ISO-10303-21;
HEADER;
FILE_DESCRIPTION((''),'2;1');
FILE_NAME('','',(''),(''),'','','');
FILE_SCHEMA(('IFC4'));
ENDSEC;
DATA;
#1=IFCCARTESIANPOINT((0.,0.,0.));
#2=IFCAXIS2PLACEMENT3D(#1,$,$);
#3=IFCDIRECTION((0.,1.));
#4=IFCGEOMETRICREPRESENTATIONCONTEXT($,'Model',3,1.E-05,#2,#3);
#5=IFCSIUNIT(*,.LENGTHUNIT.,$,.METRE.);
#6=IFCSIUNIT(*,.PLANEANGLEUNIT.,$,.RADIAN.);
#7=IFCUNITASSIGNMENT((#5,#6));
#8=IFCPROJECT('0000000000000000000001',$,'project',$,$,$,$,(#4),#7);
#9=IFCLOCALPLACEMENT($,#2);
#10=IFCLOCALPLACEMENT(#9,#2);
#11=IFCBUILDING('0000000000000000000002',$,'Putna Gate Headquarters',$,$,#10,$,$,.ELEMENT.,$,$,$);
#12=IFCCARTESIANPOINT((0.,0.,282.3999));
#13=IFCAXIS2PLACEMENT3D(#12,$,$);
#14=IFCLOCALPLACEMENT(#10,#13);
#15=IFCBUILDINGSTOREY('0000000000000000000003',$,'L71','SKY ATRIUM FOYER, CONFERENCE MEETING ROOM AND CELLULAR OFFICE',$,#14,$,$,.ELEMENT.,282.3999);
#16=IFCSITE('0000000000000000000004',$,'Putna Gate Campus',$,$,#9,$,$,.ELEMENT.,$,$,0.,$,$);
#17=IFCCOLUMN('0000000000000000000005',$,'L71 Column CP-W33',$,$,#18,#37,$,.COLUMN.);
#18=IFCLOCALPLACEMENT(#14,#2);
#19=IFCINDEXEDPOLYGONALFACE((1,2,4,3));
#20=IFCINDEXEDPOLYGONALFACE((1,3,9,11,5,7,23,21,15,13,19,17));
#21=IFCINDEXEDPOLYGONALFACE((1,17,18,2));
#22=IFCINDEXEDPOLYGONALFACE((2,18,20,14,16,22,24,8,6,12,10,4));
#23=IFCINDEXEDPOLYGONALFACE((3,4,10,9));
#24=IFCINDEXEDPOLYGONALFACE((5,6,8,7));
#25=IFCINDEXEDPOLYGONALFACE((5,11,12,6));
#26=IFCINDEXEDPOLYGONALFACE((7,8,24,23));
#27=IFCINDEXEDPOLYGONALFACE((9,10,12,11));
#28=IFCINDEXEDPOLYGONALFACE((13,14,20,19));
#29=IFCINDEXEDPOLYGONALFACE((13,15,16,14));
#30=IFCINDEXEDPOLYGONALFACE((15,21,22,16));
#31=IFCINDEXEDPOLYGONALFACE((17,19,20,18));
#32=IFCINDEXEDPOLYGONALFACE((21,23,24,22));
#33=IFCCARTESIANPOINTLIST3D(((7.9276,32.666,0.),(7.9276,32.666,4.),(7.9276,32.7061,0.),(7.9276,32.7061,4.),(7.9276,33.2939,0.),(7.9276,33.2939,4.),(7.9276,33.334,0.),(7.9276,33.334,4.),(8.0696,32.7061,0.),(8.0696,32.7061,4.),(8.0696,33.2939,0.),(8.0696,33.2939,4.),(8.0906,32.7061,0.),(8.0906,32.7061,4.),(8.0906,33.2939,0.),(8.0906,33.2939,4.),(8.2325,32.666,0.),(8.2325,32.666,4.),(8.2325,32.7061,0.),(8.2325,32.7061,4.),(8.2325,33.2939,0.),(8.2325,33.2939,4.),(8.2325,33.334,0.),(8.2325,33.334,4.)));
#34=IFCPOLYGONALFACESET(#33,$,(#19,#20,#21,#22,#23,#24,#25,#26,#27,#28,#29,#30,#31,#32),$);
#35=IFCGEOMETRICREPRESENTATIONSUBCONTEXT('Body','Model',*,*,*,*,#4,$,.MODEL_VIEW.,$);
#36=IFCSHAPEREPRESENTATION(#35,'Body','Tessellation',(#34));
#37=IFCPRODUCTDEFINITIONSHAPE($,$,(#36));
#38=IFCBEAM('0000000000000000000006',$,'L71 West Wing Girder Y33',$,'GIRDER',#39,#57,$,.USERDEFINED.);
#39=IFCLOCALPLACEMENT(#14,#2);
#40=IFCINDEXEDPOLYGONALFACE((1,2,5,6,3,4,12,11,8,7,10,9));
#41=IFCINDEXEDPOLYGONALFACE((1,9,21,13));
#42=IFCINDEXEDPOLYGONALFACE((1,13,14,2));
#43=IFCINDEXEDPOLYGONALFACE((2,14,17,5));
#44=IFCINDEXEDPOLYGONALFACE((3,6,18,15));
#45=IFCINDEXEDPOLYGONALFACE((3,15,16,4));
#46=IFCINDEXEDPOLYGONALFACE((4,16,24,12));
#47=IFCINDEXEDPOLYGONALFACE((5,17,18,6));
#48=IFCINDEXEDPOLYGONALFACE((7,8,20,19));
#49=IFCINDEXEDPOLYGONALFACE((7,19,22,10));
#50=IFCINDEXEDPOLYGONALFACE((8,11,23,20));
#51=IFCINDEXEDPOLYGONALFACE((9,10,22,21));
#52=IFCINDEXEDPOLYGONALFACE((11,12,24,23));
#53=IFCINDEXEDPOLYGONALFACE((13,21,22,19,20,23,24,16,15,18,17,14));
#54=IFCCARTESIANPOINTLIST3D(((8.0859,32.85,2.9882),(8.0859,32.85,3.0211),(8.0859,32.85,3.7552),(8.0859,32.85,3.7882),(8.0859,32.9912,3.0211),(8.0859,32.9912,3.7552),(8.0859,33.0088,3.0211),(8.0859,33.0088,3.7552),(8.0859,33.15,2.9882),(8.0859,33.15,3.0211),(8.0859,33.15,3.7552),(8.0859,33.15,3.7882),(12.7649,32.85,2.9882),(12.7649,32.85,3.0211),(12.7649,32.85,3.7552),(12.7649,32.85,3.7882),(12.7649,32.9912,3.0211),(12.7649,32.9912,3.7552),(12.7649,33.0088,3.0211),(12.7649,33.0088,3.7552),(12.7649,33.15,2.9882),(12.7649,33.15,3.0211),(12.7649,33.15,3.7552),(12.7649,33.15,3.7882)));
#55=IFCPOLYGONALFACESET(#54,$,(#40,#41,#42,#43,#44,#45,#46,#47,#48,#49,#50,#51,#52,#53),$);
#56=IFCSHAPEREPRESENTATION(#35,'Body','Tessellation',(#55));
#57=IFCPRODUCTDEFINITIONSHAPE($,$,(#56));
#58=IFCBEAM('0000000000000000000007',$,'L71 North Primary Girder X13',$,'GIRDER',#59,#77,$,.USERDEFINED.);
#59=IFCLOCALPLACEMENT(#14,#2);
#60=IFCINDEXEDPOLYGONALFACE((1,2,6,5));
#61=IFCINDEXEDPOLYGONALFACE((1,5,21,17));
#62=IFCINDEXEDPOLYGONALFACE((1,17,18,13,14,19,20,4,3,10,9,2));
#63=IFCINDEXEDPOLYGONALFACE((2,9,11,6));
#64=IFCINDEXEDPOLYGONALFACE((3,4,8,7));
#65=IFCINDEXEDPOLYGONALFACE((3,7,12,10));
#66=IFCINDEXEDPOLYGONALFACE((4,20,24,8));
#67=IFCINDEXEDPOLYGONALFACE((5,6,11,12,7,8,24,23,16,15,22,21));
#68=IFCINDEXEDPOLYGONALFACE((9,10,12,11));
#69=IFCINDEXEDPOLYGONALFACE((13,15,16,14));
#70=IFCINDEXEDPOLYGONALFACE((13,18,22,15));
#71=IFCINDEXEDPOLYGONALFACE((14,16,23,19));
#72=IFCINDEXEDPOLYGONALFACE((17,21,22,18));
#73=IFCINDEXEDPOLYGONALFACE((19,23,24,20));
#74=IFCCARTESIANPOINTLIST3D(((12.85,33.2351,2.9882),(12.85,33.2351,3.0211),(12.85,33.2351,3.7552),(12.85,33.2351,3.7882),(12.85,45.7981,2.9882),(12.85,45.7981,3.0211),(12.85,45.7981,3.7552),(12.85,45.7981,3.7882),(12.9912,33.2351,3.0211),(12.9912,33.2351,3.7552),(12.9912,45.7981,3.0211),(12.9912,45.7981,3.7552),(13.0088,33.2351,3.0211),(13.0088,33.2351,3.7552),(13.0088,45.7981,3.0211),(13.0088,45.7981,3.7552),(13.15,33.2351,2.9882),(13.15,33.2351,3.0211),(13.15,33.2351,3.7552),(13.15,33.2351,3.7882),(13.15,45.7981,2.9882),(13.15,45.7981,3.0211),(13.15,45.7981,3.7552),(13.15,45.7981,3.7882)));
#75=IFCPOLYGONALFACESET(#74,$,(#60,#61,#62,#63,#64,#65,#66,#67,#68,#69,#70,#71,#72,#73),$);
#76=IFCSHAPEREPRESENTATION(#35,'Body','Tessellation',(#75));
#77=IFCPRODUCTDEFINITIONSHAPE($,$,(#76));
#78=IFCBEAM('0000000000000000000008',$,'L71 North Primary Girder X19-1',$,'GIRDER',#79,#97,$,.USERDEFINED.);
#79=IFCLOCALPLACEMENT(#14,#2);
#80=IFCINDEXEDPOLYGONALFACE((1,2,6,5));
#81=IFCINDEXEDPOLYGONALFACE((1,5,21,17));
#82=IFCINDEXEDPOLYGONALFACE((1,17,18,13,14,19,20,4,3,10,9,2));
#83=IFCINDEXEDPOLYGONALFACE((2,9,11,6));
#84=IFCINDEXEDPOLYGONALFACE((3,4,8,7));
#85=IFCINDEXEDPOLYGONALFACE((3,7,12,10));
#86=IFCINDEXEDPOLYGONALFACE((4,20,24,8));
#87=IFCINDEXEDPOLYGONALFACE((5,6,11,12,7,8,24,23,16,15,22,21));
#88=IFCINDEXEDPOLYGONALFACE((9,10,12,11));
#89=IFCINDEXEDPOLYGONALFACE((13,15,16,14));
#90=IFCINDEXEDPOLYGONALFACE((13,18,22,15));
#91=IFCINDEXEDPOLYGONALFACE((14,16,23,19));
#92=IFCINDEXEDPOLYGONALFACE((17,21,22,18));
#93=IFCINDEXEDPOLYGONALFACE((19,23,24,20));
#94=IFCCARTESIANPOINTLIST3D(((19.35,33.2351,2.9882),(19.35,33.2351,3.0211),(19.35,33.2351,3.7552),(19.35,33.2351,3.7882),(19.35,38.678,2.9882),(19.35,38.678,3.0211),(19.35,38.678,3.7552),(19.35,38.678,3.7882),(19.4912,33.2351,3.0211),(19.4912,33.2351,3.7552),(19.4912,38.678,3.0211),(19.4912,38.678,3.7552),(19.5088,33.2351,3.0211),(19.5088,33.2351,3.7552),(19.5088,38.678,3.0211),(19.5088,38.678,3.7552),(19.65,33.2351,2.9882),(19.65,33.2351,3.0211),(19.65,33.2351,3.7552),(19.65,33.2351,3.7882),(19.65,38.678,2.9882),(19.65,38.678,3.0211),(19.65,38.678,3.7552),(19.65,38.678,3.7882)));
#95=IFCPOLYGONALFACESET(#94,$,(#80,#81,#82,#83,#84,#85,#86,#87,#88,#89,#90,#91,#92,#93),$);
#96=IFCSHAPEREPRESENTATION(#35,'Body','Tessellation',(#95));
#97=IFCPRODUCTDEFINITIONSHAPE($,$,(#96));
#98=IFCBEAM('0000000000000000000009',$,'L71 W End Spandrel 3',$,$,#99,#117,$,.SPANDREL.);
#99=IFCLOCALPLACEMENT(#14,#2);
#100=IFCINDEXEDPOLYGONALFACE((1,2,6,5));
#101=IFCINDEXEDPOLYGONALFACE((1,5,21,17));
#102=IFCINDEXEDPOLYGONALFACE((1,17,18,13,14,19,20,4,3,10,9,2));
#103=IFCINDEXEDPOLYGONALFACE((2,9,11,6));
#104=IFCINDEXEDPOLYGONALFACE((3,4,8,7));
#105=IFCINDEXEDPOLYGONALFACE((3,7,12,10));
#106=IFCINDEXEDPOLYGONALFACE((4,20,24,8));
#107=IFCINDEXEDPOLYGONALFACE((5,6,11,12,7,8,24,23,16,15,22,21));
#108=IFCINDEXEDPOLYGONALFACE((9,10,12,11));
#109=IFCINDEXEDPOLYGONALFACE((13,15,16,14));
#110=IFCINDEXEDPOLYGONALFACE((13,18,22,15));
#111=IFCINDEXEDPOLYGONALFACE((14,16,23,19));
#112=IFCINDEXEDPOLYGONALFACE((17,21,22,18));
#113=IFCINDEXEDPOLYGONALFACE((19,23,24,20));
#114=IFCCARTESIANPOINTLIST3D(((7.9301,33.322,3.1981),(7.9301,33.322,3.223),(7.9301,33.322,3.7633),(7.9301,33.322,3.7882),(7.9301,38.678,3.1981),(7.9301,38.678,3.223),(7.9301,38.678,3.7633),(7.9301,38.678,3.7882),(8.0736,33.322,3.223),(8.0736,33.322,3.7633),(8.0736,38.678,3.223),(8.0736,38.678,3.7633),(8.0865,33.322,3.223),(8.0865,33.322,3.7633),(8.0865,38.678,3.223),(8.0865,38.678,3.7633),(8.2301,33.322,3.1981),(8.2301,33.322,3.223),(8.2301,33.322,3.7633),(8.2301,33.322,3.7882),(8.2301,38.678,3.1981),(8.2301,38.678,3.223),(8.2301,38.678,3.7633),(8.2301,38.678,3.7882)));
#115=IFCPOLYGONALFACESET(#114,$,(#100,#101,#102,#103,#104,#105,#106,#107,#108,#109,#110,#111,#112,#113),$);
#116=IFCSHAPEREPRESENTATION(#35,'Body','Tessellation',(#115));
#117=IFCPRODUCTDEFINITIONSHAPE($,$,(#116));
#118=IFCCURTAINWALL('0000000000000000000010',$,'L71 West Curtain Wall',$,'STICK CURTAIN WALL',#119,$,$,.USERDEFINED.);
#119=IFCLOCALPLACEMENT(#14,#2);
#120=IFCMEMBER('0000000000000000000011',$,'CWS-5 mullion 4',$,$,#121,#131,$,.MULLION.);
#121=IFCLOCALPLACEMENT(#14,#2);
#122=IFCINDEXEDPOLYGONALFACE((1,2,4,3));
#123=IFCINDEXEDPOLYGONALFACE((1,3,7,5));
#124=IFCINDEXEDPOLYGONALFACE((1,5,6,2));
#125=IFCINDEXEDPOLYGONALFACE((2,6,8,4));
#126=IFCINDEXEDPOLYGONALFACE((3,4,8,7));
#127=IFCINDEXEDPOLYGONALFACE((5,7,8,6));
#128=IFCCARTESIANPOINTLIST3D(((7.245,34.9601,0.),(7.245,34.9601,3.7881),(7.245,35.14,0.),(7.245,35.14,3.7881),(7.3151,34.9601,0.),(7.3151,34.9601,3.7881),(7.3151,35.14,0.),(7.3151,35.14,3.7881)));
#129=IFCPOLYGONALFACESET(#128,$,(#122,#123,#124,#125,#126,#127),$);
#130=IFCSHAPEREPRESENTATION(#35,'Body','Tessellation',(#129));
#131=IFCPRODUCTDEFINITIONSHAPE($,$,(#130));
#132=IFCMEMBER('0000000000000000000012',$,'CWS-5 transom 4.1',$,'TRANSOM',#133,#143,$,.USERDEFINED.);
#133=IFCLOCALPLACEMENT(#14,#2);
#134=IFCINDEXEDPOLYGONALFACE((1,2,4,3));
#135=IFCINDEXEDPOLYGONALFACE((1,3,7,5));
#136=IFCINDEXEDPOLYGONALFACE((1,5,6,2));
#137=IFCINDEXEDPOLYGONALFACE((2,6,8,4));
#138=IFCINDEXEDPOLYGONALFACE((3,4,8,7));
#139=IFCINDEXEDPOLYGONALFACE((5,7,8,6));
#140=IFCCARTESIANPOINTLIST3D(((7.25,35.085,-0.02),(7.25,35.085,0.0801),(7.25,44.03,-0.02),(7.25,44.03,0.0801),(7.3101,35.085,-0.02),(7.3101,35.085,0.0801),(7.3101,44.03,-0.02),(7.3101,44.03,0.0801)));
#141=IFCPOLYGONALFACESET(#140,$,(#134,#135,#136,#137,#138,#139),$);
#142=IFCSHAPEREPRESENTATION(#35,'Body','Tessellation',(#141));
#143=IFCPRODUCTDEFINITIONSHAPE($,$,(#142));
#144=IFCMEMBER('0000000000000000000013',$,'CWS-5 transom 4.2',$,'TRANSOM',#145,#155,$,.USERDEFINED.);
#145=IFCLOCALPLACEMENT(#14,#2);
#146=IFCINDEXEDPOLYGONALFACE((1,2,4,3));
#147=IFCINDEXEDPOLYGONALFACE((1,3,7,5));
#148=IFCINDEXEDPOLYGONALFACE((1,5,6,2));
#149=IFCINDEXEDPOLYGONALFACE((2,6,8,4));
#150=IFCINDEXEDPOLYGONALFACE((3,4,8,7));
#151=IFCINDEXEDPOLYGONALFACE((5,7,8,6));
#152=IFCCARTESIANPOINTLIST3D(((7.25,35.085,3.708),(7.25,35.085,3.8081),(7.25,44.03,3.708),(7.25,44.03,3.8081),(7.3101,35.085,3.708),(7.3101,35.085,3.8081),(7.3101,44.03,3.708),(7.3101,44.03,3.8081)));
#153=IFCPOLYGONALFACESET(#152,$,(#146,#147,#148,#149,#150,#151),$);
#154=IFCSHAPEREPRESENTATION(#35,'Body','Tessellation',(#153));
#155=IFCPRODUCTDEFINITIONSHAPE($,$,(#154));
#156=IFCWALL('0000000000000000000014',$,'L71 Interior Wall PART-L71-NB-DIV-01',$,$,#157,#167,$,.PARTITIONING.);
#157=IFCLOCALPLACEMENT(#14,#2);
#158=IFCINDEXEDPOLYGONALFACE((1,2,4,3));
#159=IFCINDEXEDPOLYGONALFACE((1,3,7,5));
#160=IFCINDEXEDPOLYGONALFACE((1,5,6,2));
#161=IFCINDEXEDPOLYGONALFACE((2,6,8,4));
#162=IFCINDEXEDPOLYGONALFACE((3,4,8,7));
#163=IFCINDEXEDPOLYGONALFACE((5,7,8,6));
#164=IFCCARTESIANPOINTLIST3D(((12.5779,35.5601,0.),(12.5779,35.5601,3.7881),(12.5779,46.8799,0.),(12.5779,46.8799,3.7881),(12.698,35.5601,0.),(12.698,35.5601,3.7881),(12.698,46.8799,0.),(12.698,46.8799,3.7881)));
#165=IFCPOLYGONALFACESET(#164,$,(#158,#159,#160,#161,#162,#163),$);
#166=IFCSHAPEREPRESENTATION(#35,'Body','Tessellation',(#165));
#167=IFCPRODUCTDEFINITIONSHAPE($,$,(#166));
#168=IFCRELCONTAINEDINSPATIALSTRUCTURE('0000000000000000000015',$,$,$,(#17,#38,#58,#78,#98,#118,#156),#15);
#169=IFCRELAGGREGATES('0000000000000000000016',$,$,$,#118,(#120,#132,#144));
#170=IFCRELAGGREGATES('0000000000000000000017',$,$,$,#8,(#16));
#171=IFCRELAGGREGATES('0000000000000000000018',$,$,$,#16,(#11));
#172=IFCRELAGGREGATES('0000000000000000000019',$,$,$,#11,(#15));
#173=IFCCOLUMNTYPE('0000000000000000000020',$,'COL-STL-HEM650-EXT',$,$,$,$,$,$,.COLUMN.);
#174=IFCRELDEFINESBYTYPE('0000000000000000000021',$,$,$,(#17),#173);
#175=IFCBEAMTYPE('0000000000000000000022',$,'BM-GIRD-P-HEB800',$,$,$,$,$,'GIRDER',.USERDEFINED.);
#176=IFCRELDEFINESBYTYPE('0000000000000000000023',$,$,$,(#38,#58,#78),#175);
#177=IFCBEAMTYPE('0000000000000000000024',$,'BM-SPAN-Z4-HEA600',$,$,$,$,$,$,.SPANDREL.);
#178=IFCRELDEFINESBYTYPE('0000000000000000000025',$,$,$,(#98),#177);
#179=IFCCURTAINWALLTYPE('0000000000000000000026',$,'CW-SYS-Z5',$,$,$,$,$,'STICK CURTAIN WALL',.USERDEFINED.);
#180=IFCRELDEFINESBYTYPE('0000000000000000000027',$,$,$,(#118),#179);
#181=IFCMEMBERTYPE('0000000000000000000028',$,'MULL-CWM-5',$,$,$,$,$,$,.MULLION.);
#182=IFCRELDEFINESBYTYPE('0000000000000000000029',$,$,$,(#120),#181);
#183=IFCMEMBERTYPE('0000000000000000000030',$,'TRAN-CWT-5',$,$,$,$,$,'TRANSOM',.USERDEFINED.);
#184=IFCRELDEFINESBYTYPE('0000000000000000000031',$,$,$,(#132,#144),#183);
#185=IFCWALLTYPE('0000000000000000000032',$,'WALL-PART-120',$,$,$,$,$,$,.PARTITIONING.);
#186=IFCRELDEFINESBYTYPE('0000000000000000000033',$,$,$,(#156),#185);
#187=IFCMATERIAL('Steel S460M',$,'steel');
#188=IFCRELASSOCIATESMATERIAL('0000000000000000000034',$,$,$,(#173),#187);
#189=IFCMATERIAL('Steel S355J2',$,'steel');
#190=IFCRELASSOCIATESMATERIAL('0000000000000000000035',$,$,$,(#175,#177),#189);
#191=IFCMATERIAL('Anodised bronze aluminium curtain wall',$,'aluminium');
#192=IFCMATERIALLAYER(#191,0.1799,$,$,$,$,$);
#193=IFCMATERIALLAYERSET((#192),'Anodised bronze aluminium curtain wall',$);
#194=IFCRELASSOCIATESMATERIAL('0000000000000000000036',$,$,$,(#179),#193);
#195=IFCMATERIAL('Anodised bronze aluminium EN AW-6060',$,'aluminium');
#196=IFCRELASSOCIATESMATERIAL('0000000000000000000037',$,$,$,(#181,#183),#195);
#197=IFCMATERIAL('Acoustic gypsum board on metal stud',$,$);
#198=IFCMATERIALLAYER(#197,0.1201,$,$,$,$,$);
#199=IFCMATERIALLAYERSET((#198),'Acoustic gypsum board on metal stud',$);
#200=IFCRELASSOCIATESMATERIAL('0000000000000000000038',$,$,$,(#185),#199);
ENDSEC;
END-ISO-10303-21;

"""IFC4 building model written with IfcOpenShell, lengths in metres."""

from ifc_helpers import new_model, si_unit, direction, frame, frame_2d, origin, origin_2d, place, context, subcontext, project, spatial, rectangle, i_section, extrude, material, layer, layer_set, material_profile, profile_set, type_object, element, aggregate, save


model = new_model("IFC4")

# Units and contexts
model_context = context("Model", 3, precision=1e-05, world=origin(), true_north=direction((0.0, 1.0)))
body_context = subcontext(model_context, "Body", "Model", "MODEL_VIEW")
ifc_project = project(units=[si_unit("LENGTHUNIT", "METRE"), si_unit("PLANEANGLEUNIT", "RADIAN")], contexts=[model_context])

# Site, building, storey
site_placement = place(None, origin())
site = spatial("IfcSite", under=ifc_project, at=site_placement, Name="Putna Gate Campus", CompositionType="ELEMENT", RefElevation=0.0)
building_placement = place(site_placement, origin())
building = spatial("IfcBuilding", under=site, at=building_placement, Name="Putna Gate Headquarters", CompositionType="ELEMENT")
storey_placement = place(building_placement, frame((0.0, 0.0, 282.3999)))
storey = spatial("IfcBuildingStorey", under=building, at=storey_placement, Name="L71", Description="SKY ATRIUM FOYER, CONFERENCE MEETING ROOM AND CELLULAR OFFICE", CompositionType="ELEMENT", Elevation=282.3999)

# Column
ifc_material_1 = material(Name="Steel S460M", Category="steel")
ifc_material_profile_1 = material_profile(ifc_material_1, i_section(OverallWidth=0.3049, OverallDepth=0.668, WebThickness=0.021, FlangeThickness=0.04, at=origin_2d()), Name="Steel S460M")
ifc_profile_set_1 = profile_set([ifc_material_profile_1], Name="Steel S460M")
column_type = type_object("IfcColumnType", Name="COL-STL-HEM650-EXT", PredefinedType="COLUMN", material=ifc_profile_set_1)
column_placement = place(storey_placement, frame((8.0801, 33.0, 0.0), z_axis=(0.0, 0.0, 1.0), x_axis=(1.0, 0.0, 0.0)))
element("IfcColumn", 1, at=column_placement, inside=storey, type_object=column_type, Name="L71 Column CP-W33", PredefinedType="COLUMN", context=body_context, shape_type="SweptSolid", body=[
    extrude(i_section(OverallWidth=0.3049, OverallDepth=0.668, WebThickness=0.021, FlangeThickness=0.04, at=origin_2d()), origin(), (0.0, 0.0, 1.0), 4.0),
])

# Beams
ifc_material_2 = material(Name="Steel S355J2", Category="steel")
ifc_material_profile_2 = material_profile(ifc_material_2, i_section(OverallWidth=0.3, OverallDepth=0.8, WebThickness=0.0176, FlangeThickness=0.033, at=origin_2d()), Name="Steel S355J2")
ifc_profile_set_2 = profile_set([ifc_material_profile_2], Name="Steel S355J2")
beam_type_1 = type_object("IfcBeamType", Name="BM-GIRD-P-HEB800", ElementType="GIRDER", PredefinedType="USERDEFINED", material=ifc_profile_set_2)
beam_1_placement = place(storey_placement, frame((8.0859, 33.0, 3.3882), z_axis=(1.0, 0.0, 0.0), x_axis=(0.0, 1.0, 0.0)))
element("IfcBeam", 2, at=beam_1_placement, inside=storey, type_object=beam_type_1, Name="L71 West Wing Girder Y33", ObjectType="GIRDER", PredefinedType="USERDEFINED", context=body_context, shape_type="SweptSolid", body=[
    extrude(i_section(OverallWidth=0.3, OverallDepth=0.8, WebThickness=0.0176, FlangeThickness=0.033, at=origin_2d()), origin(), (0.0, 0.0, 1.0), 4.679),
])
beam_2_placement = place(storey_placement, frame((13.0, 33.2351, 3.3882), z_axis=(0.0, 1.0, 0.0), x_axis=(-1.0, 0.0, 0.0)))
element("IfcBeam", 3, at=beam_2_placement, inside=storey, type_object=beam_type_1, Name="L71 North Primary Girder X13", ObjectType="GIRDER", PredefinedType="USERDEFINED", context=body_context, shape_type="SweptSolid", body=[
    extrude(i_section(OverallWidth=0.3, OverallDepth=0.8, WebThickness=0.0176, FlangeThickness=0.033, at=origin_2d()), origin(), (0.0, 0.0, 1.0), 12.563),
])
beam_3_placement = place(storey_placement, frame((19.5, 33.2351, 3.3882), z_axis=(0.0, 1.0, 0.0), x_axis=(-1.0, 0.0, 0.0)))
element("IfcBeam", 4, at=beam_3_placement, inside=storey, type_object=beam_type_1, Name="L71 North Primary Girder X19-1", ObjectType="GIRDER", PredefinedType="USERDEFINED", context=body_context, shape_type="SweptSolid", body=[
    extrude(i_section(OverallWidth=0.3, OverallDepth=0.8, WebThickness=0.0176, FlangeThickness=0.033, at=origin_2d()), origin(), (0.0, 0.0, 1.0), 5.4429),
])
ifc_material_profile_3 = material_profile(ifc_material_2, i_section(OverallWidth=0.3, OverallDepth=0.5901, WebThickness=0.0129, FlangeThickness=0.0249, at=origin_2d()), Name="Steel S355J2")
ifc_profile_set_3 = profile_set([ifc_material_profile_3], Name="Steel S355J2")
beam_type_2 = type_object("IfcBeamType", Name="BM-SPAN-Z4-HEA600", PredefinedType="SPANDREL", material=ifc_profile_set_3)
beam_4_placement = place(storey_placement, frame((8.0801, 33.322, 3.4932), z_axis=(0.0, 1.0, 0.0), x_axis=(-1.0, 0.0, 0.0)))
element("IfcBeam", 5, at=beam_4_placement, inside=storey, type_object=beam_type_2, Name="L71 W End Spandrel 3", PredefinedType="SPANDREL", context=body_context, shape_type="SweptSolid", body=[
    extrude(i_section(OverallWidth=0.3, OverallDepth=0.5901, WebThickness=0.0129, FlangeThickness=0.0249, at=origin_2d()), origin(), (0.0, 0.0, 1.0), 5.356),
])

# Curtain wall, members
ifc_material_3 = material(Name="Anodised bronze aluminium curtain wall", Category="aluminium")
ifc_layer_1 = layer(ifc_material_3, 0.1799)
ifc_layer_set_1 = layer_set([ifc_layer_1], Name="Anodised bronze aluminium curtain wall")
curtain_wall_type = type_object("IfcCurtainWallType", Name="CW-SYS-Z5", ElementType="STICK CURTAIN WALL", PredefinedType="USERDEFINED", material=ifc_layer_set_1)
curtain_wall_placement = place(storey_placement, origin())
curtain_wall = element("IfcCurtainWall", 6, at=curtain_wall_placement, inside=storey, type_object=curtain_wall_type, Name="L71 West Curtain Wall", ObjectType="STICK CURTAIN WALL", PredefinedType="USERDEFINED")
ifc_material_4 = material(Name="Anodised bronze aluminium EN AW-6060", Category="aluminium")
ifc_material_profile_4 = material_profile(ifc_material_4, rectangle(XDim=0.0701, YDim=0.1799, at=origin_2d()), Name="Anodised bronze aluminium EN AW-6060")
ifc_profile_set_4 = profile_set([ifc_material_profile_4], Name="Anodised bronze aluminium EN AW-6060")
member_type_1 = type_object("IfcMemberType", Name="MULL-CWM-5", PredefinedType="MULLION", material=ifc_profile_set_4)
member_1_placement = place(storey_placement, frame((7.28, 35.05, 0.0), z_axis=(0.0, 0.0, 1.0), x_axis=(-1.0, 0.0, 0.0)))
member_1 = element("IfcMember", 7, at=member_1_placement, type_object=member_type_1, Name="CWS-5 mullion 4", PredefinedType="MULLION", context=body_context, shape_type="SweptSolid", body=[
    extrude(rectangle(XDim=0.0701, YDim=0.1799, at=origin_2d()), origin(), (0.0, 0.0, 1.0), 3.7881),
])
ifc_material_profile_5 = material_profile(ifc_material_4, rectangle(XDim=0.0601, YDim=0.1001, at=origin_2d()), Name="Anodised bronze aluminium EN AW-6060")
ifc_profile_set_5 = profile_set([ifc_material_profile_5], Name="Anodised bronze aluminium EN AW-6060")
member_type_2 = type_object("IfcMemberType", Name="TRAN-CWT-5", ElementType="TRANSOM", PredefinedType="USERDEFINED", material=ifc_profile_set_5)
member_2_placement = place(storey_placement, frame((7.28, 35.085, 0.03), z_axis=(0.0, 1.0, 0.0), x_axis=(-1.0, 0.0, 0.0)))
member_2 = element("IfcMember", 8, at=member_2_placement, type_object=member_type_2, Name="CWS-5 transom 4.1", ObjectType="TRANSOM", PredefinedType="USERDEFINED", context=body_context, shape_type="SweptSolid", body=[
    extrude(rectangle(XDim=0.0601, YDim=0.1001, at=origin_2d()), origin(), (0.0, 0.0, 1.0), 8.9451),
])
member_3_placement = place(storey_placement, frame((7.28, 35.085, 3.7581), z_axis=(0.0, 1.0, 0.0), x_axis=(-1.0, 0.0, 0.0)))
member_3 = element("IfcMember", 9, at=member_3_placement, type_object=member_type_2, Name="CWS-5 transom 4.2", ObjectType="TRANSOM", PredefinedType="USERDEFINED", context=body_context, shape_type="SweptSolid", body=[
    extrude(rectangle(XDim=0.0601, YDim=0.1001, at=origin_2d()), origin(), (0.0, 0.0, 1.0), 8.9451),
])
aggregate(curtain_wall, [member_1, member_2, member_3])

# Wall
ifc_material_5 = material(Name="Acoustic gypsum board on metal stud")
ifc_layer_2 = layer(ifc_material_5, 0.1201)
ifc_layer_set_2 = layer_set([ifc_layer_2], Name="Acoustic gypsum board on metal stud")
wall_type_1 = type_object("IfcWallType", Name="WALL-PART-120", PredefinedType="PARTITIONING", material=ifc_layer_set_2)
wall_1_placement = place(storey_placement, frame((12.6379, 35.5601, 0.0), z_axis=(0.0, 0.0, 1.0), x_axis=(0.0, 1.0, 0.0)))
element("IfcWall", 10, at=wall_1_placement, inside=storey, type_object=wall_type_1, Name="L71 Interior Wall PART-L71-NB-DIV-01", PredefinedType="PARTITIONING", context=body_context, shape_type="SweptSolid", body=[
    extrude(rectangle(XDim=11.3198, YDim=0.1201, at=frame_2d((5.6599, 0.0))), origin(), (0.0, 0.0, 1.0), 3.7881),
])

save(model, "model.ifc")
